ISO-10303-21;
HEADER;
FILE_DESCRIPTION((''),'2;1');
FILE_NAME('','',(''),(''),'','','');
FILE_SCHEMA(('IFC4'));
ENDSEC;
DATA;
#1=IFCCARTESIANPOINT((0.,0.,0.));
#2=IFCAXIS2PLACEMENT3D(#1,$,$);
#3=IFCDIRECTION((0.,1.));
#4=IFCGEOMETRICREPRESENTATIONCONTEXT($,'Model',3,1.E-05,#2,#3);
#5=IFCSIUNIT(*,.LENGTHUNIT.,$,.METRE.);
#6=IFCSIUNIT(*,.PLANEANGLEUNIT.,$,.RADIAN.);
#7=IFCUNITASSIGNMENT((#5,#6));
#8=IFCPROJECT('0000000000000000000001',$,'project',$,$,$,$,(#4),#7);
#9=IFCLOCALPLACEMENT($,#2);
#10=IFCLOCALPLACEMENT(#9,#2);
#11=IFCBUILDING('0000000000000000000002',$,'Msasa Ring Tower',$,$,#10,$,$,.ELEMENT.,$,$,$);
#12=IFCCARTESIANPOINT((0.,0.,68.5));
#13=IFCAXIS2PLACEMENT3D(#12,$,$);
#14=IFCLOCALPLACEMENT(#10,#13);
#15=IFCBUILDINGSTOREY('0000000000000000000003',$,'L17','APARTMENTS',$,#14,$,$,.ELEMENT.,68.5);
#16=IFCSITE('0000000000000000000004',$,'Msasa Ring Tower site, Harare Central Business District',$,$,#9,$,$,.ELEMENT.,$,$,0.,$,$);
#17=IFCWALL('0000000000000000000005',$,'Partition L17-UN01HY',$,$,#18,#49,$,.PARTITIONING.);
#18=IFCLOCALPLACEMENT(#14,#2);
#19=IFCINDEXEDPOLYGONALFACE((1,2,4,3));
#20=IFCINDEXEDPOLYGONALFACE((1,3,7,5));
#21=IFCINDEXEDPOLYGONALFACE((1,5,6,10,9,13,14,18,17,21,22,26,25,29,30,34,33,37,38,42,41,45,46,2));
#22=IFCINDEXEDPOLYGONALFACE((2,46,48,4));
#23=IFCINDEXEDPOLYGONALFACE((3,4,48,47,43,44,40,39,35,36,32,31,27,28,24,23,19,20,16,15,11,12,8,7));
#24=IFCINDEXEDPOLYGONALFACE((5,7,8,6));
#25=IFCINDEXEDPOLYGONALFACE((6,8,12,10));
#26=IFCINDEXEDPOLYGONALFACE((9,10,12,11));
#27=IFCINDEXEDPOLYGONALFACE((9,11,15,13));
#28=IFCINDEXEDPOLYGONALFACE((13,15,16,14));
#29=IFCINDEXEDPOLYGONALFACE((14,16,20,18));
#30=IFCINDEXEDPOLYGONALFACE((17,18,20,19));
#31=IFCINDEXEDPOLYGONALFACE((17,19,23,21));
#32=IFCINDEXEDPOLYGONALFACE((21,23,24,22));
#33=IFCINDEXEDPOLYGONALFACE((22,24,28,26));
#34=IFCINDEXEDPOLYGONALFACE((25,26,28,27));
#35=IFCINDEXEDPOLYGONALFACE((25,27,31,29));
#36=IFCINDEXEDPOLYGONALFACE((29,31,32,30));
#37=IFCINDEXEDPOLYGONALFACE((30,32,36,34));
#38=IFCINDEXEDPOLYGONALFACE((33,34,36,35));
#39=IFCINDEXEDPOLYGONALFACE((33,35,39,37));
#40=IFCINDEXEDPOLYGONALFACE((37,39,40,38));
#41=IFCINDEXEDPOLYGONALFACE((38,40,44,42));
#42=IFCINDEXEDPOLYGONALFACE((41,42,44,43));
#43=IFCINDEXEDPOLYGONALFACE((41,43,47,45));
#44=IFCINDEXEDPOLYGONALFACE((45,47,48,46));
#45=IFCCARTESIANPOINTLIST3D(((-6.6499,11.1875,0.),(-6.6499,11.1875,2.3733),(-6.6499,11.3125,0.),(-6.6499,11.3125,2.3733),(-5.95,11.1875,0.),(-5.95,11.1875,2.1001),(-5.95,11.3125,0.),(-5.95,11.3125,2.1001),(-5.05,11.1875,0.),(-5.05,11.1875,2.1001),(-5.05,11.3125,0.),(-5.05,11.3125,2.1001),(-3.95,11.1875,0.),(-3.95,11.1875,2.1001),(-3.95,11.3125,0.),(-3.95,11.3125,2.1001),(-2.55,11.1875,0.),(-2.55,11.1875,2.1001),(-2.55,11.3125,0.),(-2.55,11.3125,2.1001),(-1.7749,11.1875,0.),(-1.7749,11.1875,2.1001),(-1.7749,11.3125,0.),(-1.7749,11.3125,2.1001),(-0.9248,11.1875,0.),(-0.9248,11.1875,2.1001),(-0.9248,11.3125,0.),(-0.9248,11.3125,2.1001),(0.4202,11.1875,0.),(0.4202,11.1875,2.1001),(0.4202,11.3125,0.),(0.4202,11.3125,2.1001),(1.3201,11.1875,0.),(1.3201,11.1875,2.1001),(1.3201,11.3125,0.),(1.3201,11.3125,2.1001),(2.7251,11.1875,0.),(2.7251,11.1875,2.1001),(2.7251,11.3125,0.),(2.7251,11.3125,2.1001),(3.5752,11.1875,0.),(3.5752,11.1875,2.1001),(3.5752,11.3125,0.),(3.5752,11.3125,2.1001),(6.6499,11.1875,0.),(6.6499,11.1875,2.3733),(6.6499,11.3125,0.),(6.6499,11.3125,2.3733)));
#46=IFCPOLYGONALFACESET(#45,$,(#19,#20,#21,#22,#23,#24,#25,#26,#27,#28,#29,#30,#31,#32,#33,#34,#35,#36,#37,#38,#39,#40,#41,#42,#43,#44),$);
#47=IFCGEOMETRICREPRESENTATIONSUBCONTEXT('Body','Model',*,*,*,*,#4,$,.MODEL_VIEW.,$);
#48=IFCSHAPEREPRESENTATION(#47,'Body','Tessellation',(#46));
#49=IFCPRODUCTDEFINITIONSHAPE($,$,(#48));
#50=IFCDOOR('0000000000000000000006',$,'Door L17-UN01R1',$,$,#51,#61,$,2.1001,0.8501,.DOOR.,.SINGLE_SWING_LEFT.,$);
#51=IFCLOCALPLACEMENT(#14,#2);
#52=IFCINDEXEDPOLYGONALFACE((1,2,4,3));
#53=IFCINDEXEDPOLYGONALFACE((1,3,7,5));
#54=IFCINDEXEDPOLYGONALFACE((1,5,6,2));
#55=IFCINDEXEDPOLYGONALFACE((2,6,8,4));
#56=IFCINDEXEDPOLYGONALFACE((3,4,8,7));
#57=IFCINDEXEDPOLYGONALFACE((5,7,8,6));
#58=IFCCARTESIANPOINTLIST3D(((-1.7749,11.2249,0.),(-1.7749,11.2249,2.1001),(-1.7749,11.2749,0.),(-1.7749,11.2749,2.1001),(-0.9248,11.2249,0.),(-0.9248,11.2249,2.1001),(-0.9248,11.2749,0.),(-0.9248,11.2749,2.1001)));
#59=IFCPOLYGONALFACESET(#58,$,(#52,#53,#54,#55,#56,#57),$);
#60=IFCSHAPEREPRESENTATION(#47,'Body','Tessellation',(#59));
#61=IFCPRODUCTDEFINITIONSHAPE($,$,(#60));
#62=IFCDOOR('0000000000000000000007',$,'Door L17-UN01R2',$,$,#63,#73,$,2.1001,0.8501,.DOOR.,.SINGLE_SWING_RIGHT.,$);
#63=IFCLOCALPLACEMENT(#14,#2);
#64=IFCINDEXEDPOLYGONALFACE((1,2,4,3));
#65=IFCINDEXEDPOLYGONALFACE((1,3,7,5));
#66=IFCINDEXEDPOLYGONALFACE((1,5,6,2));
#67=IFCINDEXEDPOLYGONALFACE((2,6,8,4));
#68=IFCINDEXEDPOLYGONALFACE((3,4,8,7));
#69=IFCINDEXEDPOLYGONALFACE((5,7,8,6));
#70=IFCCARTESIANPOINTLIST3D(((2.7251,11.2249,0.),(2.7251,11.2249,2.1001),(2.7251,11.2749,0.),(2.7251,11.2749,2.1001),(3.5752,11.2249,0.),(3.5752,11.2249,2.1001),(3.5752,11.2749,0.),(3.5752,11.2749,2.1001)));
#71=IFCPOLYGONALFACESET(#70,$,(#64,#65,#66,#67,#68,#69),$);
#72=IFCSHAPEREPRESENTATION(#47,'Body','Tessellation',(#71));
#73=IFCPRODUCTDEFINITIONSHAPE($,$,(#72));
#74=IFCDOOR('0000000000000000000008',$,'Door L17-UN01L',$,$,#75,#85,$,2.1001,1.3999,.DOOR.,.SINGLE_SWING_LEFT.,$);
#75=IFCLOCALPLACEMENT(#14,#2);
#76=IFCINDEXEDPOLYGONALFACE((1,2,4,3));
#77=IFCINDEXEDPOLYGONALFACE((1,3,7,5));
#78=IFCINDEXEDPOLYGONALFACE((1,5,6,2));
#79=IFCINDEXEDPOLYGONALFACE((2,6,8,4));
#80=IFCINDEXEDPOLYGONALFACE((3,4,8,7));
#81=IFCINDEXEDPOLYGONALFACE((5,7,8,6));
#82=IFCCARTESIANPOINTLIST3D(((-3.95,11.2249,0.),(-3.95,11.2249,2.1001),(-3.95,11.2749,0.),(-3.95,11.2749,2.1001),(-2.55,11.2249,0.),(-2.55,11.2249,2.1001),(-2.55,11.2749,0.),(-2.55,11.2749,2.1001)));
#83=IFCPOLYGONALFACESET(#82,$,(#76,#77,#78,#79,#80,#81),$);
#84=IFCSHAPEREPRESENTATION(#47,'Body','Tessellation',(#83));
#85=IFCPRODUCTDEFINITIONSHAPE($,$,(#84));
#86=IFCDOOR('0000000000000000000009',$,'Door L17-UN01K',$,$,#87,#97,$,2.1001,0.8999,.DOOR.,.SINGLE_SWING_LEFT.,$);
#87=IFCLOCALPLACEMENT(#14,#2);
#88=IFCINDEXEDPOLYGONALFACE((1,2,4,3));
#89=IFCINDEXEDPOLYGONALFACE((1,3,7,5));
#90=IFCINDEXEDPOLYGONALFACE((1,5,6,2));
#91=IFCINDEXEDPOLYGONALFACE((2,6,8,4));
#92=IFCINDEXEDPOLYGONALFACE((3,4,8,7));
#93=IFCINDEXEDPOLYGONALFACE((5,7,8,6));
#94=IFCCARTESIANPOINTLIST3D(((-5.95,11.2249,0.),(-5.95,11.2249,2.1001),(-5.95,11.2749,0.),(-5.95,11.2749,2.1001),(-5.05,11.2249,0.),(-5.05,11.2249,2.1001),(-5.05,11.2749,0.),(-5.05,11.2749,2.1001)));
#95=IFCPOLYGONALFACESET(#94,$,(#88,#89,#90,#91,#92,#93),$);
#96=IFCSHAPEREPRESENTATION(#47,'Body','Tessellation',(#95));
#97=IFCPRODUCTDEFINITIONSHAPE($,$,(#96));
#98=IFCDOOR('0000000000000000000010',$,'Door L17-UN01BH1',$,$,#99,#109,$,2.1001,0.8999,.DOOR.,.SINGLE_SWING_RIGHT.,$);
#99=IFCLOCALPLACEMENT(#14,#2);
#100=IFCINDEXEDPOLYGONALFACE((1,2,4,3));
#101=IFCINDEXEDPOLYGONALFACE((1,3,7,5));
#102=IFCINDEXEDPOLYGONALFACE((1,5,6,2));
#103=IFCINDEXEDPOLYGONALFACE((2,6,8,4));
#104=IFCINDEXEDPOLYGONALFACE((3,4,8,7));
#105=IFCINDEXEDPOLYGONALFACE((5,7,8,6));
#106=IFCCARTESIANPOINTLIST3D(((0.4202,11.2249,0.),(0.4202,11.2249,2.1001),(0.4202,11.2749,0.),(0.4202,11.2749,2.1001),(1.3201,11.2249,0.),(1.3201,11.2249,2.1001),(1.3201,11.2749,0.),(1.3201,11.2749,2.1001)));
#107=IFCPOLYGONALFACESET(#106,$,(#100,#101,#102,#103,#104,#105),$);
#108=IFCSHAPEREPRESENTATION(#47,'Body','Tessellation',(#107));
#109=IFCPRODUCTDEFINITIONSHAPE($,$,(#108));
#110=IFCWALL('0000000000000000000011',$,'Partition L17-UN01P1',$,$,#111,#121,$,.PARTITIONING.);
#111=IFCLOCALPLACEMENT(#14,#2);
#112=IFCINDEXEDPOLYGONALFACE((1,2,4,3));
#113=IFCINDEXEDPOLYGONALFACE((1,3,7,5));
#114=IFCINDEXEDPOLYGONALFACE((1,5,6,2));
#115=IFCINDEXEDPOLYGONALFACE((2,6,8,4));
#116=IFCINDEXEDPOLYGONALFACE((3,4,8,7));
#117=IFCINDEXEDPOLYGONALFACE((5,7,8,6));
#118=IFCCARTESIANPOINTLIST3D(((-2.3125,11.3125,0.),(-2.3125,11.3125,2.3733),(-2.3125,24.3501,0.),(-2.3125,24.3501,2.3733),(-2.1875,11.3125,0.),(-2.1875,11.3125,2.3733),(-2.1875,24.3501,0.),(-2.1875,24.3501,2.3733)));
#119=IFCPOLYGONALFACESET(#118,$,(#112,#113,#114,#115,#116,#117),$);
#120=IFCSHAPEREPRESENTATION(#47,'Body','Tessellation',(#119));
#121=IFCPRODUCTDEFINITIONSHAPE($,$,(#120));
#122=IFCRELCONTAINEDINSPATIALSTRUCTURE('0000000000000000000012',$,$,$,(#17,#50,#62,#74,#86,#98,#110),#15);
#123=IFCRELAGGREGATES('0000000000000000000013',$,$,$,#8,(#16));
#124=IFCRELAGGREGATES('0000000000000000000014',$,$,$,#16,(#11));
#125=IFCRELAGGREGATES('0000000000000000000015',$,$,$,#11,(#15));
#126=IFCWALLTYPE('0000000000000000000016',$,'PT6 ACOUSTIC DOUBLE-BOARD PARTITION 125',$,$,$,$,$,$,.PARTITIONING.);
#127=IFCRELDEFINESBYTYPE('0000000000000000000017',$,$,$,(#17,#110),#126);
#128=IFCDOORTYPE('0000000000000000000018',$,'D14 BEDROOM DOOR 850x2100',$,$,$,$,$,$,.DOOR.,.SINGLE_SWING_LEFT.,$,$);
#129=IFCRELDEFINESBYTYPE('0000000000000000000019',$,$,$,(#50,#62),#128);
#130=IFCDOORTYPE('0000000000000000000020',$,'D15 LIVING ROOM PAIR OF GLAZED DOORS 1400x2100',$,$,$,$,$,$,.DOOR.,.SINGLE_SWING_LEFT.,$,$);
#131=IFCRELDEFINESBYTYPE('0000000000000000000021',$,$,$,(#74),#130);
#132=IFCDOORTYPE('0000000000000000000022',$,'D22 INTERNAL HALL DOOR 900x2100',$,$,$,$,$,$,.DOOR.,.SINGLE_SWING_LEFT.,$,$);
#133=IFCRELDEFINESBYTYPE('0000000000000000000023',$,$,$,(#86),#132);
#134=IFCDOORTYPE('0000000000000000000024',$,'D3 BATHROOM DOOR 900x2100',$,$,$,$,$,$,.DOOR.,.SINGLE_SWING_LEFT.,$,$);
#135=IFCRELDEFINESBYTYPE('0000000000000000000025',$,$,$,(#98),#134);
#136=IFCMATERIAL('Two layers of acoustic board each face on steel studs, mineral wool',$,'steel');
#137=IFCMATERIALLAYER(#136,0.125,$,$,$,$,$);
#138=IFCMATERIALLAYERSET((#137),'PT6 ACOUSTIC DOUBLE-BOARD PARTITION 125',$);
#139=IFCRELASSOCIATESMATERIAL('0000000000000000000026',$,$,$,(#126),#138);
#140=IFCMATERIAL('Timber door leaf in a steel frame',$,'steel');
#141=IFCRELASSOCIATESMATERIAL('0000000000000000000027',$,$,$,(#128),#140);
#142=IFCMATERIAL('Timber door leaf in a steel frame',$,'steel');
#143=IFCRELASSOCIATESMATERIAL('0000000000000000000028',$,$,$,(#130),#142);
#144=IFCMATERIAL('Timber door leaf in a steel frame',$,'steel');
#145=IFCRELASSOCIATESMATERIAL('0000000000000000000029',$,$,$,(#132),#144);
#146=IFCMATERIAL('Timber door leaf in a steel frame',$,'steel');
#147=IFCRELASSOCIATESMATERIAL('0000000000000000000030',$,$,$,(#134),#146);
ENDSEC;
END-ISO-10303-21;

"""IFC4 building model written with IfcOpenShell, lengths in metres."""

from ifc_helpers import new_model, si_unit, direction, frame, frame_2d, origin, place, context, subcontext, project, spatial, rectangle, extrude, material, layer, layer_set, type_object, element, fill, save


model = new_model("IFC4")

# Units and contexts
model_context = context("Model", 3, precision=1e-05, world=origin(), true_north=direction((0.0, 1.0)))
body_context = subcontext(model_context, "Body", "Model", "MODEL_VIEW")
ifc_project = project(units=[si_unit("LENGTHUNIT", "METRE"), si_unit("PLANEANGLEUNIT", "RADIAN")], contexts=[model_context])

# Site, building, storey
site_placement = place(None, origin())
site = spatial("IfcSite", under=ifc_project, at=site_placement, Name="Msasa Ring Tower site, Harare Central Business District", CompositionType="ELEMENT", RefElevation=0.0)
building_placement = place(site_placement, origin())
building = spatial("IfcBuilding", under=site, at=building_placement, Name="Msasa Ring Tower", CompositionType="ELEMENT")
storey_placement = place(building_placement, frame((0.0, 0.0, 68.5)))
storey = spatial("IfcBuildingStorey", under=building, at=storey_placement, Name="L17", Description="APARTMENTS", CompositionType="ELEMENT", Elevation=68.5)

# Shared definitions
ifc_material_1 = material(Name="Two layers of acoustic board each face on steel studs, mineral wool", Category="steel")
ifc_layer_1 = layer(ifc_material_1, 0.125)
ifc_layer_set_1 = layer_set([ifc_layer_1], Name="PT6 ACOUSTIC DOUBLE-BOARD PARTITION 125")
wall_type_1 = type_object("IfcWallType", Name="PT6 ACOUSTIC DOUBLE-BOARD PARTITION 125", PredefinedType="PARTITIONING", material=ifc_layer_set_1)

# Wall, openings, doors
wall_1_placement = place(storey_placement, frame((-6.6499, 11.25, 0.0), z_axis=(0.0, 0.0, 1.0), x_axis=(1.0, 0.0, 0.0)))
wall_1 = element("IfcWall", 1, at=wall_1_placement, inside=storey, type_object=wall_type_1, Name="Partition L17-UN01HY", PredefinedType="PARTITIONING", context=body_context, shape_type="SweptSolid", body=[
    extrude(rectangle(XDim=13.2998, YDim=0.125, at=frame_2d((6.6499, 0.0))), origin(), (0.0, 0.0, 1.0), 2.3733),
])
opening_1_placement = place(wall_1_placement, frame((0.7, 0.0, 0.0)))
opening_1 = element("IfcOpeningElement", 2, at=opening_1_placement, cuts=wall_1, PredefinedType="OPENING", context=body_context, shape_type="SweptSolid", body=[
    extrude(rectangle(XDim=0.8999, YDim=2.1001, at=frame_2d((0.45, 1.05))), frame((0.0, 0.0725, 0.0), z_axis=(0.0, -1.0, 0.0), x_axis=(1.0, 0.0, 0.0)), (0.0, 0.0, 1.0), 0.145),
])
opening_2_placement = place(wall_1_placement, frame((2.7, 0.0, 0.0)))
opening_2 = element("IfcOpeningElement", 3, at=opening_2_placement, cuts=wall_1, PredefinedType="OPENING", context=body_context, shape_type="SweptSolid", body=[
    extrude(rectangle(XDim=1.3999, YDim=2.1001, at=frame_2d((0.7, 1.05))), frame((0.0, 0.0725, 0.0), z_axis=(0.0, -1.0, 0.0), x_axis=(1.0, 0.0, 0.0)), (0.0, 0.0, 1.0), 0.145),
])
opening_3_placement = place(wall_1_placement, frame((4.875, 0.0, 0.0)))
opening_3 = element("IfcOpeningElement", 4, at=opening_3_placement, cuts=wall_1, PredefinedType="OPENING", context=body_context, shape_type="SweptSolid", body=[
    extrude(rectangle(XDim=0.8501, YDim=2.1001, at=frame_2d((0.425, 1.05))), frame((0.0, 0.0725, 0.0), z_axis=(0.0, -1.0, 0.0), x_axis=(1.0, 0.0, 0.0)), (0.0, 0.0, 1.0), 0.145),
])
opening_4_placement = place(wall_1_placement, frame((7.0701, 0.0, 0.0)))
opening_4 = element("IfcOpeningElement", 5, at=opening_4_placement, cuts=wall_1, PredefinedType="OPENING", context=body_context, shape_type="SweptSolid", body=[
    extrude(rectangle(XDim=0.8999, YDim=2.1001, at=frame_2d((0.45, 1.05))), frame((0.0, 0.0725, 0.0), z_axis=(0.0, -1.0, 0.0), x_axis=(1.0, 0.0, 0.0)), (0.0, 0.0, 1.0), 0.145),
])
opening_5_placement = place(wall_1_placement, frame((9.375, 0.0, 0.0)))
opening_5 = element("IfcOpeningElement", 6, at=opening_5_placement, cuts=wall_1, PredefinedType="OPENING", context=body_context, shape_type="SweptSolid", body=[
    extrude(rectangle(XDim=0.8501, YDim=2.1001, at=frame_2d((0.425, 1.05))), frame((0.0, 0.0725, 0.0), z_axis=(0.0, -1.0, 0.0), x_axis=(1.0, 0.0, 0.0)), (0.0, 0.0, 1.0), 0.145),
])
ifc_material_2 = material(Name="Timber door leaf in a steel frame", Category="steel")
door_type_1 = type_object("IfcDoorType", Name="D14 BEDROOM DOOR 850x2100", OperationType="SINGLE_SWING_LEFT", PredefinedType="DOOR", material=ifc_material_2)
door_1_placement = place(opening_3_placement, origin())
door_1 = element("IfcDoor", 7, at=door_1_placement, inside=storey, type_object=door_type_1, Name="Door L17-UN01R1", OperationType="SINGLE_SWING_LEFT", OverallHeight=2.1001, OverallWidth=0.8501, PredefinedType="DOOR", context=body_context, shape_type="SweptSolid", body=[
    extrude(rectangle(XDim=0.8501, YDim=2.1001, at=frame_2d((0.425, 1.05))), frame((0.0, 0.0249, 0.0), z_axis=(0.0, -1.0, 0.0), x_axis=(1.0, 0.0, 0.0)), (0.0, 0.0, 1.0), 0.05),
])
fill(opening_3, door_1)
door_2_placement = place(opening_5_placement, origin())
door_2 = element("IfcDoor", 8, at=door_2_placement, inside=storey, type_object=door_type_1, Name="Door L17-UN01R2", OperationType="SINGLE_SWING_RIGHT", OverallHeight=2.1001, OverallWidth=0.8501, PredefinedType="DOOR", context=body_context, shape_type="SweptSolid", body=[
    extrude(rectangle(XDim=0.8501, YDim=2.1001, at=frame_2d((0.425, 1.05))), frame((0.0, 0.0249, 0.0), z_axis=(0.0, -1.0, 0.0), x_axis=(1.0, 0.0, 0.0)), (0.0, 0.0, 1.0), 0.05),
])
fill(opening_5, door_2)
ifc_material_3 = material(Name="Timber door leaf in a steel frame", Category="steel")
door_type_2 = type_object("IfcDoorType", Name="D15 LIVING ROOM PAIR OF GLAZED DOORS 1400x2100", OperationType="SINGLE_SWING_LEFT", PredefinedType="DOOR", material=ifc_material_3)
door_3_placement = place(opening_2_placement, origin())
door_3 = element("IfcDoor", 9, at=door_3_placement, inside=storey, type_object=door_type_2, Name="Door L17-UN01L", OperationType="SINGLE_SWING_LEFT", OverallHeight=2.1001, OverallWidth=1.3999, PredefinedType="DOOR", context=body_context, shape_type="SweptSolid", body=[
    extrude(rectangle(XDim=1.3999, YDim=2.1001, at=frame_2d((0.7, 1.05))), frame((0.0, 0.0249, 0.0), z_axis=(0.0, -1.0, 0.0), x_axis=(1.0, 0.0, 0.0)), (0.0, 0.0, 1.0), 0.05),
])
fill(opening_2, door_3)
ifc_material_4 = material(Name="Timber door leaf in a steel frame", Category="steel")
door_type_3 = type_object("IfcDoorType", Name="D22 INTERNAL HALL DOOR 900x2100", OperationType="SINGLE_SWING_LEFT", PredefinedType="DOOR", material=ifc_material_4)
door_4_placement = place(opening_1_placement, origin())
door_4 = element("IfcDoor", 10, at=door_4_placement, inside=storey, type_object=door_type_3, Name="Door L17-UN01K", OperationType="SINGLE_SWING_LEFT", OverallHeight=2.1001, OverallWidth=0.8999, PredefinedType="DOOR", context=body_context, shape_type="SweptSolid", body=[
    extrude(rectangle(XDim=0.8999, YDim=2.1001, at=frame_2d((0.45, 1.05))), frame((0.0, 0.0249, 0.0), z_axis=(0.0, -1.0, 0.0), x_axis=(1.0, 0.0, 0.0)), (0.0, 0.0, 1.0), 0.05),
])
fill(opening_1, door_4)
ifc_material_5 = material(Name="Timber door leaf in a steel frame", Category="steel")
door_type_4 = type_object("IfcDoorType", Name="D3 BATHROOM DOOR 900x2100", OperationType="SINGLE_SWING_LEFT", PredefinedType="DOOR", material=ifc_material_5)
door_5_placement = place(opening_4_placement, origin())
door_5 = element("IfcDoor", 11, at=door_5_placement, inside=storey, type_object=door_type_4, Name="Door L17-UN01BH1", OperationType="SINGLE_SWING_RIGHT", OverallHeight=2.1001, OverallWidth=0.8999, PredefinedType="DOOR", context=body_context, shape_type="SweptSolid", body=[
    extrude(rectangle(XDim=0.8999, YDim=2.1001, at=frame_2d((0.45, 1.05))), frame((0.0, 0.0249, 0.0), z_axis=(0.0, -1.0, 0.0), x_axis=(1.0, 0.0, 0.0)), (0.0, 0.0, 1.0), 0.05),
])
fill(opening_4, door_5)

# Wall
wall_2_placement = place(storey_placement, frame((-2.25, 11.3125, 0.0), z_axis=(0.0, 0.0, 1.0), x_axis=(0.0, 1.0, 0.0)))
element("IfcWall", 12, at=wall_2_placement, inside=storey, type_object=wall_type_1, Name="Partition L17-UN01P1", PredefinedType="PARTITIONING", context=body_context, shape_type="SweptSolid", body=[
    extrude(rectangle(XDim=13.0376, YDim=0.125, at=frame_2d((6.5188, 0.0))), origin(), (0.0, 0.0, 1.0), 2.3733),
])

save(model, "model.ifc")
